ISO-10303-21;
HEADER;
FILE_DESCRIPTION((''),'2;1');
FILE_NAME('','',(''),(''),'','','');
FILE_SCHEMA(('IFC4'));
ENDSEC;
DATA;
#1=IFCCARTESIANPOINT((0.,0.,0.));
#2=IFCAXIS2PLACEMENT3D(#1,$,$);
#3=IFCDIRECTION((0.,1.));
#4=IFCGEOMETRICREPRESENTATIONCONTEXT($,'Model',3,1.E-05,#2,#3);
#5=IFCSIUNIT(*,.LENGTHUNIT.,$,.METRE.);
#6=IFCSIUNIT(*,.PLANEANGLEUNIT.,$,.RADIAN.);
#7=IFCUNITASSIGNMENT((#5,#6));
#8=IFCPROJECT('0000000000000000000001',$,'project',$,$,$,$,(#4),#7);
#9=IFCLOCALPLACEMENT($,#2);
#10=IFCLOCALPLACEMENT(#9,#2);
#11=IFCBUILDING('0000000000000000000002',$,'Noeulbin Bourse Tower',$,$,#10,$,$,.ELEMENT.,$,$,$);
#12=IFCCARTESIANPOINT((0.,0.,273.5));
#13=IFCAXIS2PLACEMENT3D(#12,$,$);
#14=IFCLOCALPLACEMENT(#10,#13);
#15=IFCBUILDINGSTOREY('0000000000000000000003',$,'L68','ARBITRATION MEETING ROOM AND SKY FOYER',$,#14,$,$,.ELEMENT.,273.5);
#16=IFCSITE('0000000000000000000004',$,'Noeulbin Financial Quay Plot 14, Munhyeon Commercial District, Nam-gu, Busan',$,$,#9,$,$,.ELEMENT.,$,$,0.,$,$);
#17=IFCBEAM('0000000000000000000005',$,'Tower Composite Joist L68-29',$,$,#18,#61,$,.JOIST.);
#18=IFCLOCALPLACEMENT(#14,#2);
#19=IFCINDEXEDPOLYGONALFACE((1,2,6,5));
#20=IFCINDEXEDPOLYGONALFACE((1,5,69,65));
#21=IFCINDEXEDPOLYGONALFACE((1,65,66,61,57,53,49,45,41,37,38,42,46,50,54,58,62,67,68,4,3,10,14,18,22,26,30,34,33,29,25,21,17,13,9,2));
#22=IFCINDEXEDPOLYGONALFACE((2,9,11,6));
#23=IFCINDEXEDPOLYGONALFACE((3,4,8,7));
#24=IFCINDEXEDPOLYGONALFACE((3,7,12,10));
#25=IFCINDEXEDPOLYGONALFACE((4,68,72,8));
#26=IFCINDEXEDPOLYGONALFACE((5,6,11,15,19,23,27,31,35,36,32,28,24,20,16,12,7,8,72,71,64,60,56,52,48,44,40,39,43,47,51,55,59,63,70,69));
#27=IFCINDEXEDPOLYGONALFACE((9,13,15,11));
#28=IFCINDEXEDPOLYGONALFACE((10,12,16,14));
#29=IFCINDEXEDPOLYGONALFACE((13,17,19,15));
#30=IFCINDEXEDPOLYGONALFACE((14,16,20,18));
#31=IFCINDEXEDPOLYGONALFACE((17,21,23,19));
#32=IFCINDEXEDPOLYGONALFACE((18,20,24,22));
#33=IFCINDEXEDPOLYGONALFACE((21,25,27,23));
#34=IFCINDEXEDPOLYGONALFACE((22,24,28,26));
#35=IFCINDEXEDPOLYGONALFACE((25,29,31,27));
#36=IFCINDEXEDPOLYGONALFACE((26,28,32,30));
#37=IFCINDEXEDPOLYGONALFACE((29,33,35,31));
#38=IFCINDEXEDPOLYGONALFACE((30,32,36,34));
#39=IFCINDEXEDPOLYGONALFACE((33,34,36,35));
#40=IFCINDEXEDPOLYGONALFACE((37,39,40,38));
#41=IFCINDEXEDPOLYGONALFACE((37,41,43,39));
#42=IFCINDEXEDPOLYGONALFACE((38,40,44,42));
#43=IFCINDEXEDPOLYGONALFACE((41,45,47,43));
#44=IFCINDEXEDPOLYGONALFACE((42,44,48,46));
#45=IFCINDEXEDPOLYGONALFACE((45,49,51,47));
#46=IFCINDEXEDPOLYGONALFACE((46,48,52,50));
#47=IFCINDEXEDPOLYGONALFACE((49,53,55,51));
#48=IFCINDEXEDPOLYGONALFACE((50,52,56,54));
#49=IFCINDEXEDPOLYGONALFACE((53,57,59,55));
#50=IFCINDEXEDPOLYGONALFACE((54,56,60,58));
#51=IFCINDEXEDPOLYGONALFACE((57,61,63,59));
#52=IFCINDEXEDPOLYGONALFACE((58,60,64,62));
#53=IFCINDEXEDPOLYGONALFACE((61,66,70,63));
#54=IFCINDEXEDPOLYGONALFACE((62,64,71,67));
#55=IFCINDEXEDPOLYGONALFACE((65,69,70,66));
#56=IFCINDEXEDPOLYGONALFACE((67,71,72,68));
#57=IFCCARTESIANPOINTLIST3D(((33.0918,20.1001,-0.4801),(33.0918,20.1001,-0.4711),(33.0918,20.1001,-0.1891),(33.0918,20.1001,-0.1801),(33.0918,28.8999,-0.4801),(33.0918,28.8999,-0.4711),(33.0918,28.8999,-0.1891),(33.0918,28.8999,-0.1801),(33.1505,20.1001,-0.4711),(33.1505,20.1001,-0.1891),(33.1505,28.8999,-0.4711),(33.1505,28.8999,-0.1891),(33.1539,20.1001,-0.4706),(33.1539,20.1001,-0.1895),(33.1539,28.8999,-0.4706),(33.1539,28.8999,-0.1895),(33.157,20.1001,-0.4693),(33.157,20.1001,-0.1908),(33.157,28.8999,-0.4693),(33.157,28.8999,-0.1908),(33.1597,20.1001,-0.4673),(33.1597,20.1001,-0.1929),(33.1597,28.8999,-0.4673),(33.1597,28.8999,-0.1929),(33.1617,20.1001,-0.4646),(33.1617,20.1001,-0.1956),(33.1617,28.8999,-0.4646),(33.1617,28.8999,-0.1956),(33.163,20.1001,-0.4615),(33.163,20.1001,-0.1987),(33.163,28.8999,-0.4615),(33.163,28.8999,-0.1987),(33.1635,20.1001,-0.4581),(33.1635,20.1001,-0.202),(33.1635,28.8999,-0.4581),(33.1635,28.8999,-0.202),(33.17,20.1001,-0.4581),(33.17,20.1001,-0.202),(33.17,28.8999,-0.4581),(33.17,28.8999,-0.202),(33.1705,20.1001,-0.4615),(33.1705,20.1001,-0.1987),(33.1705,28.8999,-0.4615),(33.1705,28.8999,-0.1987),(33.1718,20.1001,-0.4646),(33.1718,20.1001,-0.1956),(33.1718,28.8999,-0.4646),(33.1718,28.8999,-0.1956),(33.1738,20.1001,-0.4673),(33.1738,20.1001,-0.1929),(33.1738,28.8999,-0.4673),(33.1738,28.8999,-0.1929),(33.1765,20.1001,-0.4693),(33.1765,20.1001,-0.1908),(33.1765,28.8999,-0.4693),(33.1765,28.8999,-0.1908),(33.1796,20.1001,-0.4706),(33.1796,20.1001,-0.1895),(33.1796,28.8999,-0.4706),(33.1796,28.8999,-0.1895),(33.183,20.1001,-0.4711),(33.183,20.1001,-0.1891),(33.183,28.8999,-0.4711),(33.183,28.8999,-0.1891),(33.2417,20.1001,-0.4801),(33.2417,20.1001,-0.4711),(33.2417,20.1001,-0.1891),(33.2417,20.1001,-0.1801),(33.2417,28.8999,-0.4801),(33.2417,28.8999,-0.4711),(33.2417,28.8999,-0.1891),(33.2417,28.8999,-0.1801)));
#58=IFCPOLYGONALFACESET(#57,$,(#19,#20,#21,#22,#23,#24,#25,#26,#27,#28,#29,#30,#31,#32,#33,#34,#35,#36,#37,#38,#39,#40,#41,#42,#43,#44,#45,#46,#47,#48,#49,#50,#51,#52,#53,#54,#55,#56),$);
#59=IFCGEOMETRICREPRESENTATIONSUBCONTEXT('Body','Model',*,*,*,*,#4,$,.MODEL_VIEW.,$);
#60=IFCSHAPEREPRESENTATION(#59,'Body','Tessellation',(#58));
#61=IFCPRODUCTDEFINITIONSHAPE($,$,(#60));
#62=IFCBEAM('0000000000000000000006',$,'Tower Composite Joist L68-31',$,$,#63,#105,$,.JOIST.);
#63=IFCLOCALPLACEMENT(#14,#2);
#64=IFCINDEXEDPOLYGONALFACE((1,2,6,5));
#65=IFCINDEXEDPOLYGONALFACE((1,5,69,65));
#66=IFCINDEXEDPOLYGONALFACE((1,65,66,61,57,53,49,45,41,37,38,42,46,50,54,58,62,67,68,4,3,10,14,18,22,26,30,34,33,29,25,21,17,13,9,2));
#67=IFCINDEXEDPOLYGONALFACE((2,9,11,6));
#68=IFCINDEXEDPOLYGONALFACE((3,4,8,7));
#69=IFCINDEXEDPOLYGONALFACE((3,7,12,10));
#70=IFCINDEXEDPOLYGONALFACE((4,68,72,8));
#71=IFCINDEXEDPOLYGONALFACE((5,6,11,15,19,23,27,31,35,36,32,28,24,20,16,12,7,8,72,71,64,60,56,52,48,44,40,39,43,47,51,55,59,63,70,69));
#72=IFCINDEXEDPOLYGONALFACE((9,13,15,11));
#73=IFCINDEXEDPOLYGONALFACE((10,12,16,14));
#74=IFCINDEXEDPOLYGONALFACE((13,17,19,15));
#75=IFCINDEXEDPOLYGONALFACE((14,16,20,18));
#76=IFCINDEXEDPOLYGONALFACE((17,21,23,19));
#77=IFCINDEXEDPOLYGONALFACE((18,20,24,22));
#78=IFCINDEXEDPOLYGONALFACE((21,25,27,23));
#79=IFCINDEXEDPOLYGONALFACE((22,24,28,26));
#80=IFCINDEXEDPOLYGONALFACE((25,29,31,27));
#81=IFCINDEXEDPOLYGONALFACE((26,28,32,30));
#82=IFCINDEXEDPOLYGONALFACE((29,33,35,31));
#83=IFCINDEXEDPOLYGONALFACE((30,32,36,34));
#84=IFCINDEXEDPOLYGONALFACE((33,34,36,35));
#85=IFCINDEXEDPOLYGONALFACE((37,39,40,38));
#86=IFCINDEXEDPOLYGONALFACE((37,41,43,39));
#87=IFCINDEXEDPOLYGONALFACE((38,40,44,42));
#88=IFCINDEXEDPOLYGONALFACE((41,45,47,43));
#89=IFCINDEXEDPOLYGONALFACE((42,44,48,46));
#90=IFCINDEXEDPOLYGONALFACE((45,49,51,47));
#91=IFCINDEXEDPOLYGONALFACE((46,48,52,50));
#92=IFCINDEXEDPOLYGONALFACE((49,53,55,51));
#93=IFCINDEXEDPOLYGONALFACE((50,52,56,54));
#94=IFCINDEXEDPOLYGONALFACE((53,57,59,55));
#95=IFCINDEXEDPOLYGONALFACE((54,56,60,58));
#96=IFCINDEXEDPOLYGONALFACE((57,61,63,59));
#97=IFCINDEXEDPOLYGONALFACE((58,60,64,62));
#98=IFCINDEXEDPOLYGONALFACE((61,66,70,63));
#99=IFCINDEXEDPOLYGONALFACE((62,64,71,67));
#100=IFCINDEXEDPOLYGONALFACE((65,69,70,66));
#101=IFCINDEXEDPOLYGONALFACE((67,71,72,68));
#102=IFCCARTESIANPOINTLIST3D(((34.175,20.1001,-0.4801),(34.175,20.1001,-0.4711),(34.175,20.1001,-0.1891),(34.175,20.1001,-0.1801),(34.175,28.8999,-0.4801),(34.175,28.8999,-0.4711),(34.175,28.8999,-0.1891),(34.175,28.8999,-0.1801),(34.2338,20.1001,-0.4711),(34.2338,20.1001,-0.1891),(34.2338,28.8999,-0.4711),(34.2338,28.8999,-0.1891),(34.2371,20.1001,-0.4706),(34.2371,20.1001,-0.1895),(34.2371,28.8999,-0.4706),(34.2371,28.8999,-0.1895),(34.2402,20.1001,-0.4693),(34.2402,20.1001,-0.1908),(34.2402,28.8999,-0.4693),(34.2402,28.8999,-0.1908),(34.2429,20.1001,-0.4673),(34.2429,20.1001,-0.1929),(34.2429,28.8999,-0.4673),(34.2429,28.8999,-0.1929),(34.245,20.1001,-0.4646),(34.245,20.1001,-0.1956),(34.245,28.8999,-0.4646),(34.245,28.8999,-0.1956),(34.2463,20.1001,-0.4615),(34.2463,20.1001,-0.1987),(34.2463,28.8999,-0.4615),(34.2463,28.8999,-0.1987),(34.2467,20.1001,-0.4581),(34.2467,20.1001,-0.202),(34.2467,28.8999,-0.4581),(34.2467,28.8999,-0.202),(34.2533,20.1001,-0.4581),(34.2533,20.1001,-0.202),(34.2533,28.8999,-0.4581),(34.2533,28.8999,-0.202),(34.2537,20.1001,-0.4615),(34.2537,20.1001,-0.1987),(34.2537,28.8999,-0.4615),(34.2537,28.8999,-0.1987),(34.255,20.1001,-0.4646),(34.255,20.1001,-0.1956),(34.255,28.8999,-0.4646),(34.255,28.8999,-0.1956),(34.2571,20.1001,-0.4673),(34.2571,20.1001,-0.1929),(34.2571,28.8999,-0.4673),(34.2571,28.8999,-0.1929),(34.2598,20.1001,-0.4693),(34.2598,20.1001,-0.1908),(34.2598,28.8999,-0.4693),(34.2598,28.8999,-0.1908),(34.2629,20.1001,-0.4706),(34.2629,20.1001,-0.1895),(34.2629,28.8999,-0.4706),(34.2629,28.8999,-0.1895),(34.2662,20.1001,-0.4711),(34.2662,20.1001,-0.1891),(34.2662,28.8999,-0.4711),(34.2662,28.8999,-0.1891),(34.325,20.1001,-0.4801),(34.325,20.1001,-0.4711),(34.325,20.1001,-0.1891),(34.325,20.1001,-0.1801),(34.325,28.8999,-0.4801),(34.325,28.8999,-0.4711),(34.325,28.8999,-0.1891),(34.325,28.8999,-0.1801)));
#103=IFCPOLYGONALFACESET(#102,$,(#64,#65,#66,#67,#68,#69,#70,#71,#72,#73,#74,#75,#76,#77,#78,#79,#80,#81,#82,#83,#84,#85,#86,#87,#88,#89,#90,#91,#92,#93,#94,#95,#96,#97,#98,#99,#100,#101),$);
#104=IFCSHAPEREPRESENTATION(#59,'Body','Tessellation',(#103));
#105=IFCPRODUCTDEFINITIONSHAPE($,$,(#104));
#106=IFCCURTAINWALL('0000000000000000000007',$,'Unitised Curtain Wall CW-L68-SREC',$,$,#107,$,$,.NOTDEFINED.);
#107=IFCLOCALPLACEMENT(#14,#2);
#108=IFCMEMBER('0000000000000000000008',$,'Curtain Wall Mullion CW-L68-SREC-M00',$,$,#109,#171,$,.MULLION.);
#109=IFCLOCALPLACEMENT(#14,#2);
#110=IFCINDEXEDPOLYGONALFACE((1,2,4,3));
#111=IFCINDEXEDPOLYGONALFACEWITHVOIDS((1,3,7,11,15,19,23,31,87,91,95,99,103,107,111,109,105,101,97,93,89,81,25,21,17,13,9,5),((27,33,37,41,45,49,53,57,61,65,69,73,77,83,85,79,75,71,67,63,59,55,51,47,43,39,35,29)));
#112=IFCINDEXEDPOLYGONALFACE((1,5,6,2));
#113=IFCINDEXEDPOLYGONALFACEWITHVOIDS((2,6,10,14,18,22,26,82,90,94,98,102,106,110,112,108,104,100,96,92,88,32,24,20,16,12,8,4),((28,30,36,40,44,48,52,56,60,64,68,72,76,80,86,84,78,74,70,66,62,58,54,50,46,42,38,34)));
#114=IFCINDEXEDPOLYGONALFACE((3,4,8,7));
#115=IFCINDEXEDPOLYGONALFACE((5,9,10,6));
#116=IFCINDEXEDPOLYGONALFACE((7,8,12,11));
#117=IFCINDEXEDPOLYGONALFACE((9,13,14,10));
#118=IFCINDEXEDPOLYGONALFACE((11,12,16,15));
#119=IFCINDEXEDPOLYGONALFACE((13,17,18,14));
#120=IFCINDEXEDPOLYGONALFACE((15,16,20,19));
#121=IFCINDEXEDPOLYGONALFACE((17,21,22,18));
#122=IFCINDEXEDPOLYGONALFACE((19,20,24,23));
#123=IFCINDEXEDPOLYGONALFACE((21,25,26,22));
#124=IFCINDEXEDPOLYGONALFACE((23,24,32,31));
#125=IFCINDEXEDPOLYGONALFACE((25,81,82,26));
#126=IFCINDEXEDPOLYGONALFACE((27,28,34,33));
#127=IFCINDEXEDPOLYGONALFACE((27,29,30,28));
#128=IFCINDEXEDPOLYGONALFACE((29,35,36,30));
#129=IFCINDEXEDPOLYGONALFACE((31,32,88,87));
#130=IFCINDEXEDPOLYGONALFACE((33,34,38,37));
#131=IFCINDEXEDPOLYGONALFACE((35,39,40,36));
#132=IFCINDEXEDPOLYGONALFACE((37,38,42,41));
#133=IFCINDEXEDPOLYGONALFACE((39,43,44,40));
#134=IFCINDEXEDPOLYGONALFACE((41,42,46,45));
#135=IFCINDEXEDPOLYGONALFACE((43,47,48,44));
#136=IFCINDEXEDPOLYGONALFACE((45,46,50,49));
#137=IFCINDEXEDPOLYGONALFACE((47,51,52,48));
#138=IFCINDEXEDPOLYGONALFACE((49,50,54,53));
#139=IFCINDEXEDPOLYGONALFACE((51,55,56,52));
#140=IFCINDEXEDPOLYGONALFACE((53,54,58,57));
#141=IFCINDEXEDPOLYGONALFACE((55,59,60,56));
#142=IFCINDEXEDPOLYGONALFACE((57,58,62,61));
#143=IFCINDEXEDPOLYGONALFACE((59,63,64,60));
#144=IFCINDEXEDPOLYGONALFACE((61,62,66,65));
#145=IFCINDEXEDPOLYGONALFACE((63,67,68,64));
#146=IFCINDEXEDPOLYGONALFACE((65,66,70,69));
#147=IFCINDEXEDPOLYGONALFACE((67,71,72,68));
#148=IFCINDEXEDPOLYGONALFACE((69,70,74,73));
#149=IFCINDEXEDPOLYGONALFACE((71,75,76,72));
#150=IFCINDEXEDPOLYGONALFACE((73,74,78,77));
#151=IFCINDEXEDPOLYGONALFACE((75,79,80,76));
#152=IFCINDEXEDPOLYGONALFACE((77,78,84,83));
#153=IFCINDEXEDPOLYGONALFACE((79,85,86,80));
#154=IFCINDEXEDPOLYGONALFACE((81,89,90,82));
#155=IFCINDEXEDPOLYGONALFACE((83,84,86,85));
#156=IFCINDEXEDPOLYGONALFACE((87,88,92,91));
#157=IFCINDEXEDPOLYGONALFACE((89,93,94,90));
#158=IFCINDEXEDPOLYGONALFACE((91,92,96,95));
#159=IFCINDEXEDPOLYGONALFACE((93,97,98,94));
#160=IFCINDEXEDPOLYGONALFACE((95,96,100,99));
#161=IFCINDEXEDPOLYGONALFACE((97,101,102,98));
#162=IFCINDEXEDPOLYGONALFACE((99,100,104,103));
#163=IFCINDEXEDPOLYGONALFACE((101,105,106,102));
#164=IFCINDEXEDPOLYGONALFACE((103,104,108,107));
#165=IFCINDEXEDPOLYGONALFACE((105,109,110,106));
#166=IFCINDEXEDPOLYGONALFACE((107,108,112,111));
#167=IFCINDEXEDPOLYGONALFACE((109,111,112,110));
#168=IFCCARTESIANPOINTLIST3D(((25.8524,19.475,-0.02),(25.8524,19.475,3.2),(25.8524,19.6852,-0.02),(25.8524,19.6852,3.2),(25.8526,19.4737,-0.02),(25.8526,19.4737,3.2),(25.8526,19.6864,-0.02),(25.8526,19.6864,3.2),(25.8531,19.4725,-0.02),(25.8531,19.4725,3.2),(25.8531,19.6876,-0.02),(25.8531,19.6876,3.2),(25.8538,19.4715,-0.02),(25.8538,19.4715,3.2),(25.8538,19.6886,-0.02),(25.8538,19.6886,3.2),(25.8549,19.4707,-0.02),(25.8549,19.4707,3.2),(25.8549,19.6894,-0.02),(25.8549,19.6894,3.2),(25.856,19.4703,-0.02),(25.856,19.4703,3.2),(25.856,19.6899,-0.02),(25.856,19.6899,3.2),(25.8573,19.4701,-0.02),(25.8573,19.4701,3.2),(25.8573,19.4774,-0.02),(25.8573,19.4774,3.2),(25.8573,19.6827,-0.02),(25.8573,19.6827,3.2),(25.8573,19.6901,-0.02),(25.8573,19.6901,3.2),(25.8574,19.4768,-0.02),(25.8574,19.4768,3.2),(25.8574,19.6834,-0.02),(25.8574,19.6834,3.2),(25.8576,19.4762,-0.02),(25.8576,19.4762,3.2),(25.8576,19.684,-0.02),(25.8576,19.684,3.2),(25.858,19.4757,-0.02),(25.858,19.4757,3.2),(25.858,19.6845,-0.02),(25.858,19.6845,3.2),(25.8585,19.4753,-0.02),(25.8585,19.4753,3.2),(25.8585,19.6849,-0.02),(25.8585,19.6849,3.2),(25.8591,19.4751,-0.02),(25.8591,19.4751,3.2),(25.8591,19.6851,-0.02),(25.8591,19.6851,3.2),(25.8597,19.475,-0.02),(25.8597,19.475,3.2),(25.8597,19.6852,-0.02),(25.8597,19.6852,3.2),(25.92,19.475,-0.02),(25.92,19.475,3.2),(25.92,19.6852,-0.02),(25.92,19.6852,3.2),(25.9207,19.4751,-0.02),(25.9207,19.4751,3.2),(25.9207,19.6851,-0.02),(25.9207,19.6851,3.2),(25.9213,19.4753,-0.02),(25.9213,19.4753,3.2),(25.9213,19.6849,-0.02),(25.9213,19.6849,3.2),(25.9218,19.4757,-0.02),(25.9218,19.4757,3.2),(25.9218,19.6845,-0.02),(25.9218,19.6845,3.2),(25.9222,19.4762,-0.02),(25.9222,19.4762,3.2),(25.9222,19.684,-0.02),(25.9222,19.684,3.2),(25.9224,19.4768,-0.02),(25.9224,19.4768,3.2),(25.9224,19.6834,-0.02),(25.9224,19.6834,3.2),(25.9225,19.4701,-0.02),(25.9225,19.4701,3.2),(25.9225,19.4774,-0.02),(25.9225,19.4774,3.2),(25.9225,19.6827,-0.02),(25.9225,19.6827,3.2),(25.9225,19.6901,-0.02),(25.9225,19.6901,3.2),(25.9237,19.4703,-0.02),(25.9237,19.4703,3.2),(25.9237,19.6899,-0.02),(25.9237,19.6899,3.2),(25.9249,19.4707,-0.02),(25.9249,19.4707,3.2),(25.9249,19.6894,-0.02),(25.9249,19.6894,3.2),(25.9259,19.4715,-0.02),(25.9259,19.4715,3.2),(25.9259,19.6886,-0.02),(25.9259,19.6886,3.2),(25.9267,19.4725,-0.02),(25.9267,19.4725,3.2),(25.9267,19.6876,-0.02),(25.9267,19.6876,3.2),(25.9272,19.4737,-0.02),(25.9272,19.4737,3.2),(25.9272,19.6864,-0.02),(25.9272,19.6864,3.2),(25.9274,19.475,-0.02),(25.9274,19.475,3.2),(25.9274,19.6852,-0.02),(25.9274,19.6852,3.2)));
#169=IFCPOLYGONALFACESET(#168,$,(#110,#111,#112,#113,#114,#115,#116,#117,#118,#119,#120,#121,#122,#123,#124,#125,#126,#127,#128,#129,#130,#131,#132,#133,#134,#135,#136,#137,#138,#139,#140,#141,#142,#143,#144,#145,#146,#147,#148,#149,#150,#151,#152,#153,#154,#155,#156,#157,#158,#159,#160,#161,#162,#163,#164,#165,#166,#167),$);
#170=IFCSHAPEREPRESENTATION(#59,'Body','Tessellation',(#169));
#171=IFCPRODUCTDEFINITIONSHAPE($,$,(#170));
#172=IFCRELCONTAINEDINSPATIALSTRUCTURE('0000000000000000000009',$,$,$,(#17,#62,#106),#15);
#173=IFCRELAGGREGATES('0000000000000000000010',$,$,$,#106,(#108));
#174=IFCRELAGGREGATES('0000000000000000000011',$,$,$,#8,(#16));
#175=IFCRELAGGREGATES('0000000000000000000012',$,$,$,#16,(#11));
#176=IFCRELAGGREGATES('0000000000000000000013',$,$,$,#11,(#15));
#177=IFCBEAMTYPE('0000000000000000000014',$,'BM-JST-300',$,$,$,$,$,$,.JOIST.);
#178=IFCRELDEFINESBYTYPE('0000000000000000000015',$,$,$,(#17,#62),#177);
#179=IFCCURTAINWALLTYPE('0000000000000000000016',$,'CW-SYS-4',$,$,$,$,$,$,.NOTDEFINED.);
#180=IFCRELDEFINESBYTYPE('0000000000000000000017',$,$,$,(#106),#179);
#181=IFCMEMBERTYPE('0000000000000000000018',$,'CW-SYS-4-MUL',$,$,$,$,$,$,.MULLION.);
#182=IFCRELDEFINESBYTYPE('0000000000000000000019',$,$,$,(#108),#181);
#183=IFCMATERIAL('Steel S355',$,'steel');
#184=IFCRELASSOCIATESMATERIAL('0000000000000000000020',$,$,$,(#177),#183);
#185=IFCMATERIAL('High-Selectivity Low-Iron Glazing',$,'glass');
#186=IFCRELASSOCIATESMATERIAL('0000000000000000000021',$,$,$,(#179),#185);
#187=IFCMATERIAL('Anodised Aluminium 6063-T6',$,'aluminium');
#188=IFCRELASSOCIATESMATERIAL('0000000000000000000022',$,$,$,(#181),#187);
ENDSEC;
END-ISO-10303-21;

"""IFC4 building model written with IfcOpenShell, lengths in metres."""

from ifc_helpers import new_model, si_unit, direction, frame, origin, origin_2d, place, context, subcontext, project, spatial, hollow_rectangle, i_section, extrude, material, material_profile, profile_set, type_object, element, aggregate, save


model = new_model("IFC4")

# Units and contexts
model_context = context("Model", 3, precision=1e-05, world=origin(), true_north=direction((0.0, 1.0)))
body_context = subcontext(model_context, "Body", "Model", "MODEL_VIEW")
ifc_project = project(units=[si_unit("LENGTHUNIT", "METRE"), si_unit("PLANEANGLEUNIT", "RADIAN")], contexts=[model_context])

# Site, building, storey
site_placement = place(None, origin())
site = spatial("IfcSite", under=ifc_project, at=site_placement, Name="Noeulbin Financial Quay Plot 14, Munhyeon Commercial District, Nam-gu, Busan", CompositionType="ELEMENT", RefElevation=0.0)
building_placement = place(site_placement, origin())
building = spatial("IfcBuilding", under=site, at=building_placement, Name="Noeulbin Bourse Tower", CompositionType="ELEMENT")
storey_placement = place(building_placement, frame((0.0, 0.0, 273.5)))
storey = spatial("IfcBuildingStorey", under=building, at=storey_placement, Name="L68", Description="ARBITRATION MEETING ROOM AND SKY FOYER", CompositionType="ELEMENT", Elevation=273.5)

# Shared definitions
ifc_material_1 = material(Name="Steel S355", Category="steel")

# Beams
ifc_material_profile_1 = material_profile(ifc_material_1, i_section(OverallWidth=0.1499, OverallDepth=0.3, WebThickness=0.0066, FlangeThickness=0.009, FilletRadius=0.0129, at=origin_2d()), Name="H-300x150x6.5x9", Category="LoadBearing")
ifc_profile_set_1 = profile_set([ifc_material_profile_1], Name="Steel S355")
beam_type_1 = type_object("IfcBeamType", Name="BM-JST-300", PredefinedType="JOIST", material=ifc_profile_set_1)
for number, where, z_axis, x_axis, name in (
    (1, (33.1667, 20.1001, -0.3301), (0.0, 1.0, 0.0), (-1.0, 0.0, 0.0), "Tower Composite Joist L68-29"),
    (2, (34.25, 20.1001, -0.3301), (0.0, 1.0, 0.0), (-1.0, 0.0, 0.0), "Tower Composite Joist L68-31"),
):
    element("IfcBeam", number, at=place(storey_placement, frame(where, z_axis=z_axis, x_axis=x_axis)), inside=storey, type_object=beam_type_1, Name=name, PredefinedType="JOIST", context=body_context, shape_type="SweptSolid", body=[
        extrude(i_section(OverallWidth=0.1499, OverallDepth=0.3, WebThickness=0.0066, FlangeThickness=0.009, FilletRadius=0.0129, at=origin_2d()), origin(), (0.0, 0.0, 1.0), 8.7998),
    ])

# Curtain wall, member
ifc_material_2 = material(Name="High-Selectivity Low-Iron Glazing", Category="glass")
curtain_wall_type = type_object("IfcCurtainWallType", Name="CW-SYS-4", PredefinedType="NOTDEFINED", material=ifc_material_2)
curtain_wall_1_placement = place(storey_placement, origin())
curtain_wall_1 = element("IfcCurtainWall", 3, at=curtain_wall_1_placement, inside=storey, type_object=curtain_wall_type, Name="Unitised Curtain Wall CW-L68-SREC", PredefinedType="NOTDEFINED")
ifc_material_3 = material(Name="Anodised Aluminium 6063-T6", Category="aluminium")
ifc_material_profile_2 = material_profile(ifc_material_3, hollow_rectangle(XDim=0.075, YDim=0.22, WallThickness=0.0049, InnerFilletRadius=0.0024, OuterFilletRadius=0.0049, at=origin_2d()), Name="ALU-MULL-75x220x5", Category="LoadBearing")
ifc_profile_set_2 = profile_set([ifc_material_profile_2], Name="Anodised Aluminium 6063-T6")
member_type_1 = type_object("IfcMemberType", Name="CW-SYS-4-MUL", PredefinedType="MULLION", material=ifc_profile_set_2)
member_1_placement = place(storey_placement, frame((25.8899, 19.5801, -0.02), z_axis=(0.0, 0.0, 1.0), x_axis=(1.0, 0.0, 0.0)))
member_1 = element("IfcMember", 4, at=member_1_placement, type_object=member_type_1, Name="Curtain Wall Mullion CW-L68-SREC-M00", PredefinedType="MULLION", context=body_context, shape_type="SweptSolid", body=[
    extrude(hollow_rectangle(XDim=0.075, YDim=0.22, WallThickness=0.0049, InnerFilletRadius=0.0024, OuterFilletRadius=0.0049, at=origin_2d()), origin(), (0.0, 0.0, 1.0), 3.22),
])

aggregate(curtain_wall_1, [member_1])

save(model, "model.ifc")
